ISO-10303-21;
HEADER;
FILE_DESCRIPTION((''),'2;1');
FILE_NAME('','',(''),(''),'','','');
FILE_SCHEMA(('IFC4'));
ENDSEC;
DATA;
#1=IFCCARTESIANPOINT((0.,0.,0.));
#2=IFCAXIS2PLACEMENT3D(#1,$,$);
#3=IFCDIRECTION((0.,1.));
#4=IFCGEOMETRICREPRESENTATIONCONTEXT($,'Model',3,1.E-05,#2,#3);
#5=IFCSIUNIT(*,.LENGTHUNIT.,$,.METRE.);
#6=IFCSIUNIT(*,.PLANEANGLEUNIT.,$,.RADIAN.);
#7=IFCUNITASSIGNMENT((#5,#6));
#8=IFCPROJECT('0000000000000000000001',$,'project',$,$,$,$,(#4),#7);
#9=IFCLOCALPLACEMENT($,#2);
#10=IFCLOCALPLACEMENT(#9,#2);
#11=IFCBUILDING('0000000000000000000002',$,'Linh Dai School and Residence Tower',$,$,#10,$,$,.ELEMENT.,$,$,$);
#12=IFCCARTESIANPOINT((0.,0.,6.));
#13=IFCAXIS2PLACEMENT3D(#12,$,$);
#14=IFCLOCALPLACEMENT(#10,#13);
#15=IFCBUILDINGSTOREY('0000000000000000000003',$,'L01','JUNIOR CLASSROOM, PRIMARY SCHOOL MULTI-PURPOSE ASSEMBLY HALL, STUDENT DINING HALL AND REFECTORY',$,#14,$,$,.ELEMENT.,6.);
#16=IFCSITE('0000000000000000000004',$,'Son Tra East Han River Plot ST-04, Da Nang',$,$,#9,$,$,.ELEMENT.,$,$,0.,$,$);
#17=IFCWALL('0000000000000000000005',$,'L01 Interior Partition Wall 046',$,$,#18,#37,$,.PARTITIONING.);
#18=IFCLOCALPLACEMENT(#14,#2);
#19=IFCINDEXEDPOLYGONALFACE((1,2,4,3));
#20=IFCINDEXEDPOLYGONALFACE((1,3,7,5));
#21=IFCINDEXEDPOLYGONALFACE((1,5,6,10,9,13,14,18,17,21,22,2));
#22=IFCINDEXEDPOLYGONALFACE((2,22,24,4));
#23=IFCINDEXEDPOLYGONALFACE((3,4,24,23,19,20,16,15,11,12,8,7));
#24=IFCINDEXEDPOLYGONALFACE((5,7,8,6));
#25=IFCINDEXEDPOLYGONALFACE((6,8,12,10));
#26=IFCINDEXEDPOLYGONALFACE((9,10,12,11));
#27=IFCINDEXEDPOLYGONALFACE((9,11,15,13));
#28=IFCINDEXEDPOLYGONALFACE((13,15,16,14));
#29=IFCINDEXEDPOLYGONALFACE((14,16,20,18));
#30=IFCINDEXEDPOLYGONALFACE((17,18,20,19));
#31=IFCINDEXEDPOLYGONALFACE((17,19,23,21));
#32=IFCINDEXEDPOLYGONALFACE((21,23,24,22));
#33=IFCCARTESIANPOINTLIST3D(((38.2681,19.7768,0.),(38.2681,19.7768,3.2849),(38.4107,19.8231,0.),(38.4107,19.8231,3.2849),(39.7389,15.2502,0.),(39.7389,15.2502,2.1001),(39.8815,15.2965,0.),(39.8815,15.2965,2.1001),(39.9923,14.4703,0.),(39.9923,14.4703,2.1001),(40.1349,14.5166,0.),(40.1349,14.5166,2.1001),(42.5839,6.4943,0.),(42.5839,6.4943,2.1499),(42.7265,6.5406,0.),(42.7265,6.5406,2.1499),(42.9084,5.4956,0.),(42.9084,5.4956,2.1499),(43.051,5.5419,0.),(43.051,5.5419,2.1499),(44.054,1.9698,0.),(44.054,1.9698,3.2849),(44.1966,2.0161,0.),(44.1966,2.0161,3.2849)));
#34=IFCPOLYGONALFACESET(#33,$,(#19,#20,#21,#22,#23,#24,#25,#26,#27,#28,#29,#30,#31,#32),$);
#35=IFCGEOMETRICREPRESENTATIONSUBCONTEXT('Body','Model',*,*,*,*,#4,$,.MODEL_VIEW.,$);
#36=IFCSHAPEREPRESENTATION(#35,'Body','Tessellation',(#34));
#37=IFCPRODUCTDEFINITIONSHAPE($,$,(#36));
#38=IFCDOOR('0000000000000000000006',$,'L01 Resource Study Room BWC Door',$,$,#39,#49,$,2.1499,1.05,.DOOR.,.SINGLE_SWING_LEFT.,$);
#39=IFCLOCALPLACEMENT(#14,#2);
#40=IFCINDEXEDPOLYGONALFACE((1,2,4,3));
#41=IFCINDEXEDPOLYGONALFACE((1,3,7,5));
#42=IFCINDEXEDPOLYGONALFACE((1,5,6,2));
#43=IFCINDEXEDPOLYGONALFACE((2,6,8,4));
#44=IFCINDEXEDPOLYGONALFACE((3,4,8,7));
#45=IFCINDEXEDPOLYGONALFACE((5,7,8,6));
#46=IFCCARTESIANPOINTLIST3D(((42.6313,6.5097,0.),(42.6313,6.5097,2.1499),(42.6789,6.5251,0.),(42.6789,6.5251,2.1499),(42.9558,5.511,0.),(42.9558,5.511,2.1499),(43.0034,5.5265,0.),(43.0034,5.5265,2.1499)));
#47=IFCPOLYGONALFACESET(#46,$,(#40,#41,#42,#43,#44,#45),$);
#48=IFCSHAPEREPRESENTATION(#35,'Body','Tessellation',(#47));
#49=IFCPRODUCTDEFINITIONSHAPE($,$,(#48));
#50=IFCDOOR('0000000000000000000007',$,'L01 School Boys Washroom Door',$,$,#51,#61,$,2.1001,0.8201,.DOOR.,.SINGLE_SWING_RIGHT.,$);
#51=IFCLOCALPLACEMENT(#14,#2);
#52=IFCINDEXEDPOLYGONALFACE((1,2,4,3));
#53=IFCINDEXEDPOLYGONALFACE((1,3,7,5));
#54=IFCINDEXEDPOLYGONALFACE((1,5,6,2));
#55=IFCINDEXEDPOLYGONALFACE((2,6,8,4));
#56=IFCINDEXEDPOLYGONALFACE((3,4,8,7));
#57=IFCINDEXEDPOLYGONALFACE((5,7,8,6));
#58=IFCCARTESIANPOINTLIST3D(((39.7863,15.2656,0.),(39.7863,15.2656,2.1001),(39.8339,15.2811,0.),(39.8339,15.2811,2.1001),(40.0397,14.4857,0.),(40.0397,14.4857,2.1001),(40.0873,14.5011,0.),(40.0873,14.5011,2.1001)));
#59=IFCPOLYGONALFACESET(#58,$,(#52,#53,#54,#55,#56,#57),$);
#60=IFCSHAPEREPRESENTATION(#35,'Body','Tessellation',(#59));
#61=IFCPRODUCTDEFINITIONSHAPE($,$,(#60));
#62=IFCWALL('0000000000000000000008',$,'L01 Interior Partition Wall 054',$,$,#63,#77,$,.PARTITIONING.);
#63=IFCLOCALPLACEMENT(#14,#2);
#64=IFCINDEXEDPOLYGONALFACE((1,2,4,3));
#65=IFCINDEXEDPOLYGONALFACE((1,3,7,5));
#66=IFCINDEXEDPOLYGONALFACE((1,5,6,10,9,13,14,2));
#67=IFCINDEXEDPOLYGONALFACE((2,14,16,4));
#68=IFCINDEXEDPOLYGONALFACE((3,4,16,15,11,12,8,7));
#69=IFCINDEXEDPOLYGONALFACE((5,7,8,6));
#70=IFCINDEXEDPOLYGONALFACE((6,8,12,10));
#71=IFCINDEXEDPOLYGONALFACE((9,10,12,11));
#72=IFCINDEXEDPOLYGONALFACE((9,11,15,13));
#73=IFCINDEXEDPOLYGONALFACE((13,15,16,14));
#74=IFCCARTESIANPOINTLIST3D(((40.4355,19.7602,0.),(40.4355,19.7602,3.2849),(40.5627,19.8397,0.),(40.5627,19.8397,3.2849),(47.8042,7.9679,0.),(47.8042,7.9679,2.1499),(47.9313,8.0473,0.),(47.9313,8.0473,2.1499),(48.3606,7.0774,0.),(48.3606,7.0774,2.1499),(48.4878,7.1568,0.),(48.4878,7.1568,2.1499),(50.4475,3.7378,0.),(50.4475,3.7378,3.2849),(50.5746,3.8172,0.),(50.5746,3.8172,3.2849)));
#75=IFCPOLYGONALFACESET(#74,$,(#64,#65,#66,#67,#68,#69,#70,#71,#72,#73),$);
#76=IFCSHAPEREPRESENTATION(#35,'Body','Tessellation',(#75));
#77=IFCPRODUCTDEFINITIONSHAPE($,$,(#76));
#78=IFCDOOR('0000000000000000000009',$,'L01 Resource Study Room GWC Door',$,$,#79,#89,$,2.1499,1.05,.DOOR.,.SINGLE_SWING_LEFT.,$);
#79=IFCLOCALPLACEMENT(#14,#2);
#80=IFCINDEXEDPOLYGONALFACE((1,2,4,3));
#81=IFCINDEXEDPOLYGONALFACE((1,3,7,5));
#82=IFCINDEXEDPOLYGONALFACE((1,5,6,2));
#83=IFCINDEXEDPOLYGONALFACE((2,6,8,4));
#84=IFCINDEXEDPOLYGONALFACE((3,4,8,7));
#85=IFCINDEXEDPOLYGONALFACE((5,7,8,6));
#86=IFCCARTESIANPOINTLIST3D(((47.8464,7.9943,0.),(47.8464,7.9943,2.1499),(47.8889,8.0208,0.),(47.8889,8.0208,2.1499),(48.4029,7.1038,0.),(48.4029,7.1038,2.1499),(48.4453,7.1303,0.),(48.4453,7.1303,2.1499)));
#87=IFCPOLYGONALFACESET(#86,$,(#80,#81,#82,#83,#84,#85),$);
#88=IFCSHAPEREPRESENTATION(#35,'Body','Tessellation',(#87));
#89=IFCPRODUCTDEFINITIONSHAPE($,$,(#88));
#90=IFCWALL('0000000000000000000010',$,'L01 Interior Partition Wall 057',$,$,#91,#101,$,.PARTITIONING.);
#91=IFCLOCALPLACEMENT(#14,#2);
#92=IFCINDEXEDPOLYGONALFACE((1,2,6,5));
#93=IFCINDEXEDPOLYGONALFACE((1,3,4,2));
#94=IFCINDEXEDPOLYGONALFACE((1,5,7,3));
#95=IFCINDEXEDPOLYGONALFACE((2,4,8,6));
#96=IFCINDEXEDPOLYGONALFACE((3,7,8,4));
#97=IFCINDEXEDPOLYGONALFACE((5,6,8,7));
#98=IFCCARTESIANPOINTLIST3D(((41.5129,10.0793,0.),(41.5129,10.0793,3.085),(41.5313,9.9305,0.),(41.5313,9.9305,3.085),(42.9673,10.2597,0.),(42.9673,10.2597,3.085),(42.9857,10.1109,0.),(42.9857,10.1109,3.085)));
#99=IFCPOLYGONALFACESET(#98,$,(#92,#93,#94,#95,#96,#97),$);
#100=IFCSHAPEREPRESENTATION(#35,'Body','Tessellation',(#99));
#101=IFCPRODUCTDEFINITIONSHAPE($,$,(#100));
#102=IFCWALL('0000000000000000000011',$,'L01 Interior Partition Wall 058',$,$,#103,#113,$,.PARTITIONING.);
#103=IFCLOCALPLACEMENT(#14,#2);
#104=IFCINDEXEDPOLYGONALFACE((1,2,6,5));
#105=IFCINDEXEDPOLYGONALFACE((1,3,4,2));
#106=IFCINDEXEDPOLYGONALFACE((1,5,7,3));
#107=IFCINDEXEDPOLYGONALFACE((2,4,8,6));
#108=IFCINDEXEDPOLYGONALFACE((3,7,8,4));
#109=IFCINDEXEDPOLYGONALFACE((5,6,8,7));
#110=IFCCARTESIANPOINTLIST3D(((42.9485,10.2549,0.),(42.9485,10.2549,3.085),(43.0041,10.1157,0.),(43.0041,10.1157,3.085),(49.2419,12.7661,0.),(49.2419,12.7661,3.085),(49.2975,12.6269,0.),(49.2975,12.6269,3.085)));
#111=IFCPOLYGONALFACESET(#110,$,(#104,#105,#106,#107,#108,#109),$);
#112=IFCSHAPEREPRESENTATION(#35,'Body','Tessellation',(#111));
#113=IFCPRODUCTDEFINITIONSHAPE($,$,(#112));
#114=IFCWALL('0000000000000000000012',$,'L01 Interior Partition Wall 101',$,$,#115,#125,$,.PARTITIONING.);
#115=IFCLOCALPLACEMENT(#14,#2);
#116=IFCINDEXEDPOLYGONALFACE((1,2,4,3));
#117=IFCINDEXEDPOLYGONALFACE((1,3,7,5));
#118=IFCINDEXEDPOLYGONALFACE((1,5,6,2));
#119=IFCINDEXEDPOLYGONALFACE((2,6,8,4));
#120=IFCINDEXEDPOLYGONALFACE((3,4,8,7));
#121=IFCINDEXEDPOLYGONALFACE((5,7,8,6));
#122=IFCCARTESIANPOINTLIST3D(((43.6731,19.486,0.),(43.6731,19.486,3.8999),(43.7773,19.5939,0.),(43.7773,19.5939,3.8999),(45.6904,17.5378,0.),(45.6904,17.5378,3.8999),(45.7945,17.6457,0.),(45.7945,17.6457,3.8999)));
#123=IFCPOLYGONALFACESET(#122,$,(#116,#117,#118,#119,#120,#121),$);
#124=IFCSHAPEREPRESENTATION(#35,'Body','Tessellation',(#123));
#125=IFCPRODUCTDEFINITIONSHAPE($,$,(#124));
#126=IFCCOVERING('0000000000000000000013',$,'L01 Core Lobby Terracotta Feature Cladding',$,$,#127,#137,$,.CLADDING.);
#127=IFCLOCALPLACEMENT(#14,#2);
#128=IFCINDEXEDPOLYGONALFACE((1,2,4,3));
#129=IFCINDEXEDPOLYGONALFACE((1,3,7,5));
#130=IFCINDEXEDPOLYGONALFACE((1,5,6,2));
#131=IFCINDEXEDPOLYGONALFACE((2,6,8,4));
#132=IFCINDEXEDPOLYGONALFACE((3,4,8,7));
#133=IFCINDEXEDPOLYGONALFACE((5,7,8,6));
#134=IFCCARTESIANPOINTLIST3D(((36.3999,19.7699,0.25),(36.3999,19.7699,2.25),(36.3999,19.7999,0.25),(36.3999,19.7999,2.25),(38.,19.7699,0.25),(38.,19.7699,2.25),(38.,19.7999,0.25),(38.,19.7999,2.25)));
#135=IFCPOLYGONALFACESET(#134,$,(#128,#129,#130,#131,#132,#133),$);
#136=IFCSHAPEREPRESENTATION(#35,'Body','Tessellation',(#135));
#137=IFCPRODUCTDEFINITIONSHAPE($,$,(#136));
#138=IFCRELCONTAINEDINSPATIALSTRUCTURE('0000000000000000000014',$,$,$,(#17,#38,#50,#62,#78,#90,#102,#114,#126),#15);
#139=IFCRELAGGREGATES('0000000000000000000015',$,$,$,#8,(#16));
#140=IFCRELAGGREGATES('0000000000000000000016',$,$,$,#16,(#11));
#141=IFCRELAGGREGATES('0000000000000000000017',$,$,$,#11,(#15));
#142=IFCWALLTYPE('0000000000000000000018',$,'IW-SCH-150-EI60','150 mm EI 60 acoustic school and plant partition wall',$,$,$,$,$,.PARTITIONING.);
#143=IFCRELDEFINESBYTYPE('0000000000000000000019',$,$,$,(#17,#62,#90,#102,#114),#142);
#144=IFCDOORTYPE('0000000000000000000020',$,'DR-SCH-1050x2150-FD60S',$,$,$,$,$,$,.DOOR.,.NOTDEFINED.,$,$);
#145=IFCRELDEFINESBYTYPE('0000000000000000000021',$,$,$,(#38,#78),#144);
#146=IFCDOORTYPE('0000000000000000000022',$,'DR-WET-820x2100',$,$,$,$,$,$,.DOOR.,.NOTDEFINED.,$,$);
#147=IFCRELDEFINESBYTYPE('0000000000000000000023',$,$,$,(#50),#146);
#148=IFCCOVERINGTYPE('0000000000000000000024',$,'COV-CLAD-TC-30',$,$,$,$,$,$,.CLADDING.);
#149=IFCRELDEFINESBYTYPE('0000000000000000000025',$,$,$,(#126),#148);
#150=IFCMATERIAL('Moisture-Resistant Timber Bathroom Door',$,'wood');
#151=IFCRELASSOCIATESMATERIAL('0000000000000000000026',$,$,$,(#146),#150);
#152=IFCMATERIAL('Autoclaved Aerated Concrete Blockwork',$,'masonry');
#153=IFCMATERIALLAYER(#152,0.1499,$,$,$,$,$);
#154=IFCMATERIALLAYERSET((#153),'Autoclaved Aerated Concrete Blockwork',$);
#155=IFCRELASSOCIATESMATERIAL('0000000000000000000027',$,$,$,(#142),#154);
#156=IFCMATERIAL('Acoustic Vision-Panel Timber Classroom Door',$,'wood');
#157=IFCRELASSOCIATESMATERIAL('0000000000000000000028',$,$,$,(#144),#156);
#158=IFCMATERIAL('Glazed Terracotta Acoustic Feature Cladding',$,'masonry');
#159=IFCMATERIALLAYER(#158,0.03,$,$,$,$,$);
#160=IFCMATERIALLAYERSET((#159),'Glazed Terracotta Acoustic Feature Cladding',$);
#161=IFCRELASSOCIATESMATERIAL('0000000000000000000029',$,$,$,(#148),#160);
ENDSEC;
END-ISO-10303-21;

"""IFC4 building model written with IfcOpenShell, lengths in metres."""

from ifc_helpers import new_model, si_unit, direction, frame, frame_2d, origin, origin_2d, place, context, subcontext, project, spatial, rectangle, extrude, source, transform, mapped, material, layer, layer_set, type_object, element, fill, save


model = new_model("IFC4")

# Units and contexts
model_context = context("Model", 3, precision=1e-05, world=origin(), true_north=direction((0.0, 1.0)))
body_context = subcontext(model_context, "Body", "Model", "MODEL_VIEW")
ifc_project = project(units=[si_unit("LENGTHUNIT", "METRE"), si_unit("PLANEANGLEUNIT", "RADIAN")], contexts=[model_context])

# Site, building, storey
site_placement = place(None, origin())
site = spatial("IfcSite", under=ifc_project, at=site_placement, Name="Son Tra East Han River Plot ST-04, Da Nang", CompositionType="ELEMENT", RefElevation=0.0)
building_placement = place(site_placement, origin())
building = spatial("IfcBuilding", under=site, at=building_placement, Name="Linh Dai School and Residence Tower", CompositionType="ELEMENT")
storey_placement = place(building_placement, frame((0.0, 0.0, 6.0)))
storey = spatial("IfcBuildingStorey", under=building, at=storey_placement, Name="L01", Description="JUNIOR CLASSROOM, PRIMARY SCHOOL MULTI-PURPOSE ASSEMBLY HALL, STUDENT DINING HALL AND REFECTORY", CompositionType="ELEMENT", Elevation=6.0)

# Shared definitions
ifc_material_1 = material(Name="Autoclaved Aerated Concrete Blockwork", Category="masonry")

# Shared definitions
ifc_material_2 = material(Name="Moisture-Resistant Timber Bathroom Door", Category="wood")
door_type_1 = type_object("IfcDoorType", Name="DR-WET-820x2100", OperationType="NOTDEFINED", PredefinedType="DOOR", material=ifc_material_2)
shared_shape_1 = source(origin(), body_context, "Body", "SweptSolid", [
    extrude(rectangle(XDim=0.8201, YDim=2.1001, at=origin_2d()), frame((0.4102, 0.0249, 1.05), z_axis=(0.0, -1.0, 0.0), x_axis=(1.0, 0.0, 0.0)), (0.0, 0.0, 1.0), 0.05),
])

# Wall, openings, doors
ifc_layer_1 = layer(ifc_material_1, 0.1499)
ifc_layer_set_1 = layer_set([ifc_layer_1], Name="Autoclaved Aerated Concrete Blockwork")
wall_type_1 = type_object("IfcWallType", Name="IW-SCH-150-EI60", Description="150 mm EI 60 acoustic school and plant partition wall", PredefinedType="PARTITIONING", material=ifc_layer_set_1)
wall_1_placement = place(storey_placement, frame((38.3394, 19.8, 0.0), z_axis=(0.0, 0.0, 1.0), x_axis=(0.309021, -0.951055, 0.0)))
wall_1 = element("IfcWall", 1, at=wall_1_placement, inside=storey, type_object=wall_type_1, Name="L01 Interior Partition Wall 046", PredefinedType="PARTITIONING", context=body_context, shape_type="SweptSolid", body=[
    extrude(rectangle(XDim=18.7234, YDim=0.1499, at=frame_2d((9.3618, 0.0))), origin(), (0.0, 0.0, 1.0), 3.2849),
])
opening_1_placement = place(wall_1_placement, frame((4.7595, 0.0, 0.0)))
opening_1 = element("IfcOpeningElement", 2, at=opening_1_placement, cuts=wall_1, PredefinedType="OPENING", context=body_context, shape_type="SweptSolid", body=[
    extrude(rectangle(XDim=0.8201, YDim=2.1001, at=origin_2d()), frame((0.4102, 0.085, 1.05), z_axis=(0.0, -1.0, 0.0), x_axis=(1.0, 0.0, 0.0)), (0.0, 0.0, 1.0), 0.1699),
])
opening_2_placement = place(wall_1_placement, frame((13.9663, 0.0, 0.0)))
opening_2 = element("IfcOpeningElement", 3, at=opening_2_placement, cuts=wall_1, PredefinedType="OPENING", context=body_context, shape_type="SweptSolid", body=[
    extrude(rectangle(XDim=1.05, YDim=2.1499, at=origin_2d()), frame((0.5249, 0.085, 1.075), z_axis=(0.0, -1.0, 0.0), x_axis=(1.0, 0.0, 0.0)), (0.0, 0.0, 1.0), 0.1699),
])
ifc_material_3 = material(Name="Acoustic Vision-Panel Timber Classroom Door", Category="wood")
door_type_2 = type_object("IfcDoorType", Name="DR-SCH-1050x2150-FD60S", OperationType="NOTDEFINED", PredefinedType="DOOR", material=ifc_material_3)
shared_shape_2 = source(origin(), body_context, "Body", "SweptSolid", [
    extrude(rectangle(XDim=1.05, YDim=2.1499, at=origin_2d()), frame((0.5249, 0.0249, 1.075), z_axis=(0.0, -1.0, 0.0), x_axis=(1.0, 0.0, 0.0)), (0.0, 0.0, 1.0), 0.05),
])
door_1_placement = place(opening_2_placement, origin())
door_1 = element("IfcDoor", 4, at=door_1_placement, inside=storey, type_object=door_type_2, Name="L01 Resource Study Room BWC Door", OperationType="SINGLE_SWING_LEFT", OverallHeight=2.1499, OverallWidth=1.05, PredefinedType="DOOR", context=body_context, shape_type="MappedRepresentation", body=[
    mapped(shared_shape_2, transform((0.0, 0.0, 0.0), x_axis=(1.0, 0.0, 0.0), y_axis=(0.0, 1.0, 0.0), z_axis=(0.0, 0.0, 1.0), scale=1.0)),
])
fill(opening_2, door_1)
door_2_placement = place(opening_1_placement, origin())
door_2 = element("IfcDoor", 5, at=door_2_placement, inside=storey, type_object=door_type_1, Name="L01 School Boys Washroom Door", OperationType="SINGLE_SWING_RIGHT", OverallHeight=2.1001, OverallWidth=0.8201, PredefinedType="DOOR", context=body_context, shape_type="MappedRepresentation", body=[
    mapped(shared_shape_1, transform((0.0, 0.0, 0.0), x_axis=(1.0, 0.0, 0.0), y_axis=(0.0, 1.0, 0.0), z_axis=(0.0, 0.0, 1.0), scale=1.0)),
])
fill(opening_1, door_2)

# Wall, opening, door
wall_2_placement = place(storey_placement, frame((40.499, 19.8, 0.0), z_axis=(0.0, 0.0, 1.0), x_axis=(0.52992, -0.848048, 0.0)))
wall_2 = element("IfcWall", 6, at=wall_2_placement, inside=storey, type_object=wall_type_1, Name="L01 Interior Partition Wall 054", PredefinedType="PARTITIONING", context=body_context, shape_type="SweptSolid", body=[
    extrude(rectangle(XDim=18.8933, YDim=0.1499, at=frame_2d((9.4468, 0.0))), origin(), (0.0, 0.0, 1.0), 3.2849),
])
opening_3_placement = place(wall_2_placement, frame((13.9055, 0.0, 0.0)))
opening_3 = element("IfcOpeningElement", 7, at=opening_3_placement, cuts=wall_2, PredefinedType="OPENING", context=body_context, shape_type="SweptSolid", body=[
    extrude(rectangle(XDim=1.05, YDim=2.1499, at=origin_2d()), frame((0.5249, 0.085, 1.075), z_axis=(0.0, -1.0, 0.0), x_axis=(1.0, 0.0, 0.0)), (0.0, 0.0, 1.0), 0.1699),
])
door_3_placement = place(opening_3_placement, origin())
door_3 = element("IfcDoor", 8, at=door_3_placement, inside=storey, type_object=door_type_2, Name="L01 Resource Study Room GWC Door", OperationType="SINGLE_SWING_LEFT", OverallHeight=2.1499, OverallWidth=1.05, PredefinedType="DOOR", context=body_context, shape_type="MappedRepresentation", body=[
    mapped(shared_shape_2, transform((0.0, 0.0, 0.0), x_axis=(1.0, 0.0, 0.0), y_axis=(0.0, 1.0, 0.0), z_axis=(0.0, 0.0, 1.0), scale=1.0)),
])
fill(opening_3, door_3)

# Walls
wall_3_placement = place(storey_placement, frame((41.522, 10.0049, 0.0), z_axis=(0.0, 0.0, 1.0), x_axis=(0.992393, 0.123112, 0.0)))
element("IfcWall", 9, at=wall_3_placement, inside=storey, type_object=wall_type_1, Name="L01 Interior Partition Wall 057", PredefinedType="PARTITIONING", context=body_context, shape_type="SweptSolid", body=[
    extrude(rectangle(XDim=1.4656, YDim=0.1499, at=frame_2d((0.7329, 0.0))), origin(), (0.0, 0.0, 1.0), 3.085),
])
wall_4_placement = place(storey_placement, frame((42.9763, 10.1853, 0.0), z_axis=(0.0, 0.0, 1.0), x_axis=(0.928789, 0.370608, 0.0)))
element("IfcWall", 10, at=wall_4_placement, inside=storey, type_object=wall_type_1, Name="L01 Interior Partition Wall 058", PredefinedType="PARTITIONING", context=body_context, shape_type="SweptSolid", body=[
    extrude(rectangle(XDim=6.7759, YDim=0.1499, at=frame_2d((3.3879, 0.0))), origin(), (0.0, 0.0, 1.0), 3.085),
])
wall_5_placement = place(storey_placement, frame((43.7251, 19.54, 0.0), z_axis=(0.0, 0.0, 1.0), x_axis=(0.719317, -0.694682, 0.0)))
element("IfcWall", 11, at=wall_5_placement, inside=storey, type_object=wall_type_1, Name="L01 Interior Partition Wall 101", PredefinedType="PARTITIONING", context=body_context, shape_type="SweptSolid", body=[
    extrude(rectangle(XDim=2.8044, YDim=0.1499, at=frame_2d((1.4023, 0.0))), origin(), (0.0, 0.0, 1.0), 3.8999),
])

# Covering
ifc_material_4 = material(Name="Glazed Terracotta Acoustic Feature Cladding", Category="masonry")
ifc_layer_2 = layer(ifc_material_4, 0.03)
ifc_layer_set_2 = layer_set([ifc_layer_2], Name="Glazed Terracotta Acoustic Feature Cladding")
covering_type = type_object("IfcCoveringType", Name="COV-CLAD-TC-30", PredefinedType="CLADDING", material=ifc_layer_set_2)
shared_shape_3 = source(origin(), body_context, "Body", "SweptSolid", [
    extrude(rectangle(XDim=1.6001, YDim=0.03, at=origin_2d()), origin(), (0.0, 0.0, 1.0), 2.0),
])
covering_placement = place(storey_placement, frame((37.2, 19.7849, 0.25), z_axis=(0.0, 0.0, 1.0), x_axis=(1.0, 0.0, 0.0)))
element("IfcCovering", 12, at=covering_placement, inside=storey, type_object=covering_type, Name="L01 Core Lobby Terracotta Feature Cladding", PredefinedType="CLADDING", context=body_context, shape_type="MappedRepresentation", body=[
    mapped(shared_shape_3, transform((0.0, 0.0, 0.0), x_axis=(1.0, 0.0, 0.0), y_axis=(0.0, 1.0, 0.0), z_axis=(0.0, 0.0, 1.0), scale=1.0)),
])

save(model, "model.ifc")
